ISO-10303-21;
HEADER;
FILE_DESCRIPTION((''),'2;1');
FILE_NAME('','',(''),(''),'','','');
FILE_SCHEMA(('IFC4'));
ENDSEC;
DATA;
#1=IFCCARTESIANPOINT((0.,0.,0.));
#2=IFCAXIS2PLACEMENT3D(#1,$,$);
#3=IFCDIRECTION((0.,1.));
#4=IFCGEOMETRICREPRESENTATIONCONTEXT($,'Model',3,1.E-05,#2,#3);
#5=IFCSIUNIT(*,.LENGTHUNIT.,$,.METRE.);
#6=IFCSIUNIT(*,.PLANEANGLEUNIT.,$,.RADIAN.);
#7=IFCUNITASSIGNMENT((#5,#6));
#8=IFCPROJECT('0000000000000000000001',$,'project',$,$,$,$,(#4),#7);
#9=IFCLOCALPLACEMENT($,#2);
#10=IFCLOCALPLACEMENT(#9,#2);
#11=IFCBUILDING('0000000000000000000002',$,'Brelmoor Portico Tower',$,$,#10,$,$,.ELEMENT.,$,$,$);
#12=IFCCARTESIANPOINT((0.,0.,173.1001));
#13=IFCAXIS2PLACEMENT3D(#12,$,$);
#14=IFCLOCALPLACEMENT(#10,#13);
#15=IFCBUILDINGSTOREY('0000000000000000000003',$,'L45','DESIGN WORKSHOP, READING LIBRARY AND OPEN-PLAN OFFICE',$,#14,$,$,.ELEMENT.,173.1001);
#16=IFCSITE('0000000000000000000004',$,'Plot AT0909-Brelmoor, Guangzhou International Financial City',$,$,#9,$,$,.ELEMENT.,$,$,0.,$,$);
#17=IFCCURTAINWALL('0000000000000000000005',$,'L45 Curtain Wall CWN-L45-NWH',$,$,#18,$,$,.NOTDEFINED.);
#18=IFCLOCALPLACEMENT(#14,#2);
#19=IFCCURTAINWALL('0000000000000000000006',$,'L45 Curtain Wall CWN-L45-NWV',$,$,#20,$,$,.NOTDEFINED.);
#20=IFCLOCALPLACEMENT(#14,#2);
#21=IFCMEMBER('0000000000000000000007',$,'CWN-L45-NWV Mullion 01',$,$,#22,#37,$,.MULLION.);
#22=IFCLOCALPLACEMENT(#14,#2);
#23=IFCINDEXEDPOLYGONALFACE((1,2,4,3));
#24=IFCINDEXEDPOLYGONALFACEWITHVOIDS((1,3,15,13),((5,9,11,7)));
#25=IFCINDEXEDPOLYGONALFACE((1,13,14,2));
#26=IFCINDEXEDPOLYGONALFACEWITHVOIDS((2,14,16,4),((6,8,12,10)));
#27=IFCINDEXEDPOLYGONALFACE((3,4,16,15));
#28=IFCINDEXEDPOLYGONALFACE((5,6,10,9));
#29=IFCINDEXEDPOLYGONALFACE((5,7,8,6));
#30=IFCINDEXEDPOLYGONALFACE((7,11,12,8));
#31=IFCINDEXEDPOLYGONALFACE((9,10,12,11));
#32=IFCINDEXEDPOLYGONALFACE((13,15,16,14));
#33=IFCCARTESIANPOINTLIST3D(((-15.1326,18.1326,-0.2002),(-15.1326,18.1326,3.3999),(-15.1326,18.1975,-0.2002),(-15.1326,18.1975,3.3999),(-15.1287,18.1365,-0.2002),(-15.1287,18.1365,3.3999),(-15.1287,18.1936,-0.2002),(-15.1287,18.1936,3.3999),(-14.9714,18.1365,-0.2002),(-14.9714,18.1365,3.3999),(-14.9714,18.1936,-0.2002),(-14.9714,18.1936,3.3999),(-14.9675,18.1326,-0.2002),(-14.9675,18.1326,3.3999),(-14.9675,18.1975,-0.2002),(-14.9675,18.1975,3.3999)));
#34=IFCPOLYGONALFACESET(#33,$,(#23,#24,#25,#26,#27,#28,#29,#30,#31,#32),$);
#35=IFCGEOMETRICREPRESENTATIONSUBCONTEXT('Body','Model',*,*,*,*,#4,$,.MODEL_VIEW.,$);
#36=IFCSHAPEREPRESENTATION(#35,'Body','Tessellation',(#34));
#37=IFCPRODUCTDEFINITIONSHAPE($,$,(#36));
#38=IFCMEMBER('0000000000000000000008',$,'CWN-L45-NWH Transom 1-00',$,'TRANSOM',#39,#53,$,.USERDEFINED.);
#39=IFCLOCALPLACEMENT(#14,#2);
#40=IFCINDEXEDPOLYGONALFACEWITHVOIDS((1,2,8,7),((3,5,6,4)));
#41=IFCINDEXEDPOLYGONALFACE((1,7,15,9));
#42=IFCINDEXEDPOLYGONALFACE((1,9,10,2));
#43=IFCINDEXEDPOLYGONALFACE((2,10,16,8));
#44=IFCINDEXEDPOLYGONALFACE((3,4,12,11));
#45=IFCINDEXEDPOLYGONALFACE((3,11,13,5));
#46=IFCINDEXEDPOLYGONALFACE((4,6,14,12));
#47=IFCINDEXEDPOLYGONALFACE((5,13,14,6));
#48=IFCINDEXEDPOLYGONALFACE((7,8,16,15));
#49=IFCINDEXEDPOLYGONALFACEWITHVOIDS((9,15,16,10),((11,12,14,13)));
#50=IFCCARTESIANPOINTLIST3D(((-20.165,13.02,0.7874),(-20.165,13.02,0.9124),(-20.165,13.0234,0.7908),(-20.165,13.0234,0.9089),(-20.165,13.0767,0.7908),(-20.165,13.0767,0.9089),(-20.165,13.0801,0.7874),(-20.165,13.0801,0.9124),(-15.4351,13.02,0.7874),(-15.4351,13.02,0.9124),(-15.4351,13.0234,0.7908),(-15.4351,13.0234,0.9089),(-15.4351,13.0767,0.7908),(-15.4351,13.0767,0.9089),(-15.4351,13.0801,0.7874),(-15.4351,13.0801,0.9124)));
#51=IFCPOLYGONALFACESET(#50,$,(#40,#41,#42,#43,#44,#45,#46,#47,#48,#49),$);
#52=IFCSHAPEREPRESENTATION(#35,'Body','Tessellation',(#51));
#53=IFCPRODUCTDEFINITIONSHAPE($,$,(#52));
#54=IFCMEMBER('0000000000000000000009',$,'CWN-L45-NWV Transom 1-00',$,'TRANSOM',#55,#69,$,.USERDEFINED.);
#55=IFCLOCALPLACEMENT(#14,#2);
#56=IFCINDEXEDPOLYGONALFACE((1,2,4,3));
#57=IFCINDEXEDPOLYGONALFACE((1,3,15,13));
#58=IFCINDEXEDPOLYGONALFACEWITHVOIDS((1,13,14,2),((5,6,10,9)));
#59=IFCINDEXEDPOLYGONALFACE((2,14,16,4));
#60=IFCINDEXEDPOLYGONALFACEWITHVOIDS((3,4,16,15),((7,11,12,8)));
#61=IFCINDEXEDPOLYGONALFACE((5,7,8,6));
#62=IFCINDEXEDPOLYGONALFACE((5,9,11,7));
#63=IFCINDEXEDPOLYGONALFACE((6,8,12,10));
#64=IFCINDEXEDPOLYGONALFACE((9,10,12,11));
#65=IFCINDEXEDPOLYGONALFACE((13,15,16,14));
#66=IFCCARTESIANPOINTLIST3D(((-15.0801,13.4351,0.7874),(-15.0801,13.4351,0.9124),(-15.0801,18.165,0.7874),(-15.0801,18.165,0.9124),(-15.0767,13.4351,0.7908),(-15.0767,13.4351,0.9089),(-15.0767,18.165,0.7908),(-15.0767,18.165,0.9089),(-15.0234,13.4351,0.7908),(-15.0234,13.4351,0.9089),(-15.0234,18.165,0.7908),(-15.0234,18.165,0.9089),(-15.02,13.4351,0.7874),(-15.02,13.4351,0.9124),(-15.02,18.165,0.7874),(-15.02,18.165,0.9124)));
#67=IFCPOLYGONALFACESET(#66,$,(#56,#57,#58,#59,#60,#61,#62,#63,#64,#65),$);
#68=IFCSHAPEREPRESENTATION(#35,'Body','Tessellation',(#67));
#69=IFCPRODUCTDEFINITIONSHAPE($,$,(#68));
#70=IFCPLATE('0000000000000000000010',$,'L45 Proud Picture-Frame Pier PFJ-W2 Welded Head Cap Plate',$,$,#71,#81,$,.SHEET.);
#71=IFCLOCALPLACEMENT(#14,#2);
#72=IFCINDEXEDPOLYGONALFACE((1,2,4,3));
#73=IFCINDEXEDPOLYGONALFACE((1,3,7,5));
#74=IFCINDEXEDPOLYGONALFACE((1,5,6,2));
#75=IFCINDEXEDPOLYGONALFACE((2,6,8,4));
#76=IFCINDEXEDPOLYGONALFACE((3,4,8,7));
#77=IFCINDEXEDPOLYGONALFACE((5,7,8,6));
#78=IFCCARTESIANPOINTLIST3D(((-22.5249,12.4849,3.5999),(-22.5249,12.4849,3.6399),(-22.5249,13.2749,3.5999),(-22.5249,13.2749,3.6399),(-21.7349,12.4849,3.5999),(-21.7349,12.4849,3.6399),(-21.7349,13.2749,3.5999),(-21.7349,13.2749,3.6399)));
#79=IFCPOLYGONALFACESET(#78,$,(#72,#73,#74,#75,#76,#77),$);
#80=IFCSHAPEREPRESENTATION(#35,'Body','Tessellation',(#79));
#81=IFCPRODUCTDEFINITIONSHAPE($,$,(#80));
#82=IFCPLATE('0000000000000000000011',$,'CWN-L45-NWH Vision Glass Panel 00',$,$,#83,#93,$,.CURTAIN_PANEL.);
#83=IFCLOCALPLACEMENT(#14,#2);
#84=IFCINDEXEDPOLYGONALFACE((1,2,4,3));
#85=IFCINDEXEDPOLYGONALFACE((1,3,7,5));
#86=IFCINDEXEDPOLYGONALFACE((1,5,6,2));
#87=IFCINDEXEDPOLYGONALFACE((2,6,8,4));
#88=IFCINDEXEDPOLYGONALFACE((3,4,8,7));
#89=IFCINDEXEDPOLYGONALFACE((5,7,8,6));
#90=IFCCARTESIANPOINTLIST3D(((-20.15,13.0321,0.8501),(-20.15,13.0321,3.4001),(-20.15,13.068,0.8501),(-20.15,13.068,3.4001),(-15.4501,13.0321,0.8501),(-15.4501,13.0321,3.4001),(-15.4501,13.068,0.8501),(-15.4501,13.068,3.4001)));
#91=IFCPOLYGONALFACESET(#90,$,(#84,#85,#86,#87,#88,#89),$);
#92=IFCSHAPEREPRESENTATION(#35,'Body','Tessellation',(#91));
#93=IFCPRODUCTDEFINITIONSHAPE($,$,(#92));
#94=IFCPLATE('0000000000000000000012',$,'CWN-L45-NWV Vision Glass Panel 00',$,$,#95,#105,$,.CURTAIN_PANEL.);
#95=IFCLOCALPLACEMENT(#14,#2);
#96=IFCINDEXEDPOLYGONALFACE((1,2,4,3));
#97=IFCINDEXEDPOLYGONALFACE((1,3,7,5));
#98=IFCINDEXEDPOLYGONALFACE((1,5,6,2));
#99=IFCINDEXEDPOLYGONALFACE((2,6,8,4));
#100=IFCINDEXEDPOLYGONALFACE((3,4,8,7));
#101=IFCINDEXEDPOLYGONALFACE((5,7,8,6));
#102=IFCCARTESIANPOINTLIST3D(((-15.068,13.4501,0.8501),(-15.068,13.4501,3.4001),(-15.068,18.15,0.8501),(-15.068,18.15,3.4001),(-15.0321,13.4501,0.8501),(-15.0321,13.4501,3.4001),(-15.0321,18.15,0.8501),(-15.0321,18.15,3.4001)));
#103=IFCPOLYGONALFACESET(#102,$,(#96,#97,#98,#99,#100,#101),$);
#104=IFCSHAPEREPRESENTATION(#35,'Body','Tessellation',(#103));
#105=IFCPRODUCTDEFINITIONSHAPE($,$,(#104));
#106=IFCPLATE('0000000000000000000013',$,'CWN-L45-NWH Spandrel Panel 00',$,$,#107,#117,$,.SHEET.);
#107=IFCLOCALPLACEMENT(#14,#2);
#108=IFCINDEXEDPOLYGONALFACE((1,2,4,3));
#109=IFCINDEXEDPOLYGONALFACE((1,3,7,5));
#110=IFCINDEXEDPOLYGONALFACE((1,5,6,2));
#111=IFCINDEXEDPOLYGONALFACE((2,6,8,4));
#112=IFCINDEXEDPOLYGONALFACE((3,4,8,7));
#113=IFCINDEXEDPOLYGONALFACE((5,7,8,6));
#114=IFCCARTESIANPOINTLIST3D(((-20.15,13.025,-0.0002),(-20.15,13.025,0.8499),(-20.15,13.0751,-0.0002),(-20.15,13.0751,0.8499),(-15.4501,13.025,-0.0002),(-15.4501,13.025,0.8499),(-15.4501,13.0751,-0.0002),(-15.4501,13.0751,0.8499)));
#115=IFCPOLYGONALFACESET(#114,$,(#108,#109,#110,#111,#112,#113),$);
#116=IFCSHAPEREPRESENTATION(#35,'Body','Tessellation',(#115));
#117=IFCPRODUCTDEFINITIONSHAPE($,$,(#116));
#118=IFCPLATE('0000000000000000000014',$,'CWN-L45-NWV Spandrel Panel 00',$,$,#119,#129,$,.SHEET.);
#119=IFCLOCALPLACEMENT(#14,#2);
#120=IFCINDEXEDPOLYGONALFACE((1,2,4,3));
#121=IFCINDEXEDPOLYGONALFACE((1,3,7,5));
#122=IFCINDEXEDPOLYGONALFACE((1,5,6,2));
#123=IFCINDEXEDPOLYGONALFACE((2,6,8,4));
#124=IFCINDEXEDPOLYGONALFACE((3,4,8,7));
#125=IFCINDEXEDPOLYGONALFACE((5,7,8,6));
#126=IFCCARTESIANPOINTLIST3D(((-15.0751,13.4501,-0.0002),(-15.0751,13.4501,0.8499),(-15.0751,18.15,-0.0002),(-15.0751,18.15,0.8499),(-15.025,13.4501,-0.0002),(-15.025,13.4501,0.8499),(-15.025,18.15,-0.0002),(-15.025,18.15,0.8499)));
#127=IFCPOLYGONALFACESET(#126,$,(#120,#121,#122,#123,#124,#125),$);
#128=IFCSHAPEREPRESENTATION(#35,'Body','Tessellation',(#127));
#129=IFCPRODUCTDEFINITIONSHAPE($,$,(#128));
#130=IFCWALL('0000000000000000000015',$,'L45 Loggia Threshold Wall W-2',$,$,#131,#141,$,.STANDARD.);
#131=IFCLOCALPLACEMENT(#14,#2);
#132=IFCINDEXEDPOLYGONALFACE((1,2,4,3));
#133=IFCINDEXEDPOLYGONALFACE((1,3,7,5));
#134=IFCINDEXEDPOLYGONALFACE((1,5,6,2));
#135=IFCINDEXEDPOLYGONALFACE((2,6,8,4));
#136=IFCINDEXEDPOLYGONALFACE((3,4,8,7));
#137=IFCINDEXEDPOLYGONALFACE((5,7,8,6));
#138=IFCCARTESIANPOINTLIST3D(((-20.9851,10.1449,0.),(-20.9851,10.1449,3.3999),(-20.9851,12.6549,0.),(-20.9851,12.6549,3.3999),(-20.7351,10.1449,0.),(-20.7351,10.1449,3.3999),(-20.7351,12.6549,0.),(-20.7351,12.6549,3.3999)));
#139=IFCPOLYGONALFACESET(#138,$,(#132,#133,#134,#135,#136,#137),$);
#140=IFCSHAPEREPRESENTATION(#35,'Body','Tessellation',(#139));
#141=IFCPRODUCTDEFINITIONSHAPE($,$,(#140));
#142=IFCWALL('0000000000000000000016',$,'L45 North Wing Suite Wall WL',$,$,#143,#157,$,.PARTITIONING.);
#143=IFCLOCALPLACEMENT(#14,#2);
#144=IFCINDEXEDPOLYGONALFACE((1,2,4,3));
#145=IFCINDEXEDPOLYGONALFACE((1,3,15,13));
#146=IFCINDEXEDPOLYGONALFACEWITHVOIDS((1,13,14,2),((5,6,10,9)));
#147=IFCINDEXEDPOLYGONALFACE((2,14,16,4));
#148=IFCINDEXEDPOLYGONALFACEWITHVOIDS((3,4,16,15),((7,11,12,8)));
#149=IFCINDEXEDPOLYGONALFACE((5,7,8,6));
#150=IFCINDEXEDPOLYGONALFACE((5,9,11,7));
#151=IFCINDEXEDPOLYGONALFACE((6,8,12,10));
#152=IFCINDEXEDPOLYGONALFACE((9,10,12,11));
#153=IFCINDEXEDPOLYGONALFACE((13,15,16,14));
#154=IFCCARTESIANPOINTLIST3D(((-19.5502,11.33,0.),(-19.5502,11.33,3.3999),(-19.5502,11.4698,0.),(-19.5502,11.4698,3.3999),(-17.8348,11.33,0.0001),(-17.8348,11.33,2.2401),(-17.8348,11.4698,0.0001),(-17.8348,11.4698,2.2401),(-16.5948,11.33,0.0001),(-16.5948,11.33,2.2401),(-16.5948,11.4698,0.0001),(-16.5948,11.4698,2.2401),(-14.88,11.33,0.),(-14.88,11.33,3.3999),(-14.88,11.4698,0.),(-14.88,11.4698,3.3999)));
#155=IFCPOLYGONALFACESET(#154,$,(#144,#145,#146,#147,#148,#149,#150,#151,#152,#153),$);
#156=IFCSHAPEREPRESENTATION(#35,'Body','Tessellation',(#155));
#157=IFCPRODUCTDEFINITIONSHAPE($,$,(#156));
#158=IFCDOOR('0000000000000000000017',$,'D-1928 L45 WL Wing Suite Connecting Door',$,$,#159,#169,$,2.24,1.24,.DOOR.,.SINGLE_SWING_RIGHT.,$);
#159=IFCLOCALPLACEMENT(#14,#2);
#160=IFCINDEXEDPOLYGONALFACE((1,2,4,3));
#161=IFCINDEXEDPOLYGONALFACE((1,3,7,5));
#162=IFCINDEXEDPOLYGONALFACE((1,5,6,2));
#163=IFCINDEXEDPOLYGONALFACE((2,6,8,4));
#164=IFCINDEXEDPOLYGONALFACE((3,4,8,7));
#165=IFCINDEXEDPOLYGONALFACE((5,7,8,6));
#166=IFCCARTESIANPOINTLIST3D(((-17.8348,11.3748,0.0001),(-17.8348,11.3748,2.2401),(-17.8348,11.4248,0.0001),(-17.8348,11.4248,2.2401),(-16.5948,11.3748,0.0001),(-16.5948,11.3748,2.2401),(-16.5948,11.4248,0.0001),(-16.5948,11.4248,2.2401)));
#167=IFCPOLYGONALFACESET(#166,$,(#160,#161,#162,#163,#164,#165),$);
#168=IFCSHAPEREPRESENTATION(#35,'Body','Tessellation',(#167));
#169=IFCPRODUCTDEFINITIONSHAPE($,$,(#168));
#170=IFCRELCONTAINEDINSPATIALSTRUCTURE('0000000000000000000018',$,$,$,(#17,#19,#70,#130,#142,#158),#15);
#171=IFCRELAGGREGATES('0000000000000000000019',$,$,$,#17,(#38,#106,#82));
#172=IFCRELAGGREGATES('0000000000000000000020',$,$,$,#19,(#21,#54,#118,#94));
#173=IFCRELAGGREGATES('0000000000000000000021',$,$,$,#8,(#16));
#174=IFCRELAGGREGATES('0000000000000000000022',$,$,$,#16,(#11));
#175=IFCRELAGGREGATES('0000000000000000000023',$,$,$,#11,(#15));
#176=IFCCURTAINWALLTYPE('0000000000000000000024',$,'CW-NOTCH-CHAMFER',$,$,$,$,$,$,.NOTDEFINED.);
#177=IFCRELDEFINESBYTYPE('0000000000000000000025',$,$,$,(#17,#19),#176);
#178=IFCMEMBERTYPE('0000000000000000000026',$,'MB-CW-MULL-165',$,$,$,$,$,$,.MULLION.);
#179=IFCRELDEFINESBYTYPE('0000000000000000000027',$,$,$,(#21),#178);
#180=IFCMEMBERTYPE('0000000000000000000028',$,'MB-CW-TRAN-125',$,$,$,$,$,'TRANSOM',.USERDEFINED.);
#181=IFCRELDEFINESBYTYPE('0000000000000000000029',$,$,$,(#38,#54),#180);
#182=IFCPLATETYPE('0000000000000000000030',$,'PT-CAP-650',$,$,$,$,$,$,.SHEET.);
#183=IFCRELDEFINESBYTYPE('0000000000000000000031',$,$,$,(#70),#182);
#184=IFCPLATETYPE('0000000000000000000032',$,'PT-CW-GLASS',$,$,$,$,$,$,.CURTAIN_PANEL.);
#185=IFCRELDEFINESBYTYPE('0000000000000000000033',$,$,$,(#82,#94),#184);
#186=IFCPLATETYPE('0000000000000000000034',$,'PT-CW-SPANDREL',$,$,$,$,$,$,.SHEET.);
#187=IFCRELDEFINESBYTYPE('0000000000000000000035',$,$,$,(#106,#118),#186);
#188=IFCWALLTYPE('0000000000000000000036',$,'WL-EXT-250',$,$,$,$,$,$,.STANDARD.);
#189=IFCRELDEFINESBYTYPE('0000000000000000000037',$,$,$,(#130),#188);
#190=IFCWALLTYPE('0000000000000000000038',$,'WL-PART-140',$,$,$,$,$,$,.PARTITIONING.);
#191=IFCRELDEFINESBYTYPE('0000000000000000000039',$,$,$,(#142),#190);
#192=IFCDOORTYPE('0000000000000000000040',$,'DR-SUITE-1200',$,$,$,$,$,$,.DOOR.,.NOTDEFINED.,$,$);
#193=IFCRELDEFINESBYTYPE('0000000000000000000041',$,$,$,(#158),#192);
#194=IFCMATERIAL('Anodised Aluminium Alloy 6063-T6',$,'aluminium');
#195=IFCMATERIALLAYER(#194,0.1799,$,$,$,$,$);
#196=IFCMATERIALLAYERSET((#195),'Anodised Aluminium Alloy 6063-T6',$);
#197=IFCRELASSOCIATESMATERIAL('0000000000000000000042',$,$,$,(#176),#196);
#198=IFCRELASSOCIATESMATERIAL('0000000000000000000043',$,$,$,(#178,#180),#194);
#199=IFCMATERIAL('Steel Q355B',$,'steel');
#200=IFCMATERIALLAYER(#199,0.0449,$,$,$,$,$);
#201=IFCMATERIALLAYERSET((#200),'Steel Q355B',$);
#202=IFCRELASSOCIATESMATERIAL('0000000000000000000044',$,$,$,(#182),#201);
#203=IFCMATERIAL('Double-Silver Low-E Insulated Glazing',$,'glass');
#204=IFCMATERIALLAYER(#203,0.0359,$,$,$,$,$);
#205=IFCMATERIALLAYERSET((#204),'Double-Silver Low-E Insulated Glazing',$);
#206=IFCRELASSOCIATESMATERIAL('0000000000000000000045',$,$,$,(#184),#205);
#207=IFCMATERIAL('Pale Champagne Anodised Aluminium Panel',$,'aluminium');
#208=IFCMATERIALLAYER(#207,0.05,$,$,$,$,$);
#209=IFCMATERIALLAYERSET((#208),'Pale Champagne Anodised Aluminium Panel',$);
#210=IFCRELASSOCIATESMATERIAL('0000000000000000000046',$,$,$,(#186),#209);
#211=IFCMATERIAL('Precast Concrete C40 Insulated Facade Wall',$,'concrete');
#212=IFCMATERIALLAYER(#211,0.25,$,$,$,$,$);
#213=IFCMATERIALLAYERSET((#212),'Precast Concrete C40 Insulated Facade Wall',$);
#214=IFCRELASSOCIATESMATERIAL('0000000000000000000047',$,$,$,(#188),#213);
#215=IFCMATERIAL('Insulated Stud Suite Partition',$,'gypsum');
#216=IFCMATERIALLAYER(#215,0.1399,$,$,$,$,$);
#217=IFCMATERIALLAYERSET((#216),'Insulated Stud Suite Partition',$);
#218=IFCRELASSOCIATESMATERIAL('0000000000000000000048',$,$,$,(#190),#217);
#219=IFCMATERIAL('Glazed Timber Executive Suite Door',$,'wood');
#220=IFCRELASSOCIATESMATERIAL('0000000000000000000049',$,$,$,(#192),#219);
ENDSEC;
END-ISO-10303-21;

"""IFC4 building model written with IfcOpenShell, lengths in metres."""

from ifc_helpers import new_model, si_unit, direction, frame, frame_2d, origin, origin_2d, place, context, subcontext, project, spatial, rectangle, hollow_rectangle, extrude, material, layer, layer_set, material_profile, profile_set, type_object, element, fill, aggregate, save


model = new_model("IFC4")

# Units and contexts
model_context = context("Model", 3, precision=1e-05, world=origin(), true_north=direction((0.0, 1.0)))
body_context = subcontext(model_context, "Body", "Model", "MODEL_VIEW")
ifc_project = project(units=[si_unit("LENGTHUNIT", "METRE"), si_unit("PLANEANGLEUNIT", "RADIAN")], contexts=[model_context])

# Site, building, storey
site_placement = place(None, origin())
site = spatial("IfcSite", under=ifc_project, at=site_placement, Name="Plot AT0909-Brelmoor, Guangzhou International Financial City", CompositionType="ELEMENT", RefElevation=0.0)
building_placement = place(site_placement, origin())
building = spatial("IfcBuilding", under=site, at=building_placement, Name="Brelmoor Portico Tower", CompositionType="ELEMENT")
storey_placement = place(building_placement, frame((0.0, 0.0, 173.1001)))
storey = spatial("IfcBuildingStorey", under=building, at=storey_placement, Name="L45", Description="DESIGN WORKSHOP, READING LIBRARY AND OPEN-PLAN OFFICE", CompositionType="ELEMENT", Elevation=173.1001)

# Shared definitions
ifc_material_1 = material(Name="Steel Q355B", Category="steel")

# Curtain walls, member
ifc_material_2 = material(Name="Anodised Aluminium Alloy 6063-T6", Category="aluminium")
ifc_layer_1 = layer(ifc_material_2, 0.1799)
ifc_layer_set_1 = layer_set([ifc_layer_1], Name="Anodised Aluminium Alloy 6063-T6")
curtain_wall_type = type_object("IfcCurtainWallType", Name="CW-NOTCH-CHAMFER", PredefinedType="NOTDEFINED", material=ifc_layer_set_1)
curtain_wall_1_placement = place(storey_placement, origin())
curtain_wall_1 = element("IfcCurtainWall", 1, at=curtain_wall_1_placement, inside=storey, type_object=curtain_wall_type, Name="L45 Curtain Wall CWN-L45-NWH", PredefinedType="NOTDEFINED")
ifc_material_profile_1 = material_profile(ifc_material_2, hollow_rectangle(XDim=0.0649, YDim=0.165, WallThickness=0.0039, at=origin_2d()), Name="ALU MULLION 65x165")
ifc_profile_set_1 = profile_set([ifc_material_profile_1], Name="Anodised Aluminium Alloy 6063-T6")
member_type_1 = type_object("IfcMemberType", Name="MB-CW-MULL-165", PredefinedType="MULLION", material=ifc_profile_set_1)
curtain_wall_2_placement = place(storey_placement, origin())
curtain_wall_2 = element("IfcCurtainWall", 2, at=curtain_wall_2_placement, inside=storey, type_object=curtain_wall_type, Name="L45 Curtain Wall CWN-L45-NWV", PredefinedType="NOTDEFINED")
member_1_placement = place(storey_placement, frame((-15.05, 18.165, -0.2002), z_axis=(0.0, 0.0, 1.0), x_axis=(0.0, 1.0, 0.0)))
member_1 = element("IfcMember", 3, at=member_1_placement, type_object=member_type_1, Name="CWN-L45-NWV Mullion 01", PredefinedType="MULLION", context=body_context, shape_type="SweptSolid", body=[
    extrude(hollow_rectangle(XDim=0.0649, YDim=0.165, WallThickness=0.0039, at=origin_2d()), origin(), (0.0, 0.0, 1.0), 3.6001),
])

# Members
ifc_material_profile_2 = material_profile(ifc_material_2, hollow_rectangle(XDim=0.0601, YDim=0.125, WallThickness=0.0034, at=origin_2d()), Name="ALU TRANSOM 60x125")
ifc_profile_set_2 = profile_set([ifc_material_profile_2], Name="Anodised Aluminium Alloy 6063-T6")
member_type_2 = type_object("IfcMemberType", Name="MB-CW-TRAN-125", ElementType="TRANSOM", PredefinedType="USERDEFINED", material=ifc_profile_set_2)
member_2_placement = place(storey_placement, frame((-20.165, 13.05, 0.8499), z_axis=(1.0, 0.0, 0.0), x_axis=(0.0, 1.0, 0.0)))
member_2 = element("IfcMember", 4, at=member_2_placement, type_object=member_type_2, Name="CWN-L45-NWH Transom 1-00", ObjectType="TRANSOM", PredefinedType="USERDEFINED", context=body_context, shape_type="SweptSolid", body=[
    extrude(hollow_rectangle(XDim=0.0601, YDim=0.125, WallThickness=0.0034, at=origin_2d()), origin(), (0.0, 0.0, 1.0), 4.73),
])
member_3_placement = place(storey_placement, frame((-15.05, 13.4351, 0.8499), z_axis=(0.0, 1.0, 0.0), x_axis=(-1.0, 0.0, 0.0)))
member_3 = element("IfcMember", 5, at=member_3_placement, type_object=member_type_2, Name="CWN-L45-NWV Transom 1-00", ObjectType="TRANSOM", PredefinedType="USERDEFINED", context=body_context, shape_type="SweptSolid", body=[
    extrude(hollow_rectangle(XDim=0.0601, YDim=0.125, WallThickness=0.0034, at=origin_2d()), origin(), (0.0, 0.0, 1.0), 4.73),
])

# Plates
ifc_layer_2 = layer(ifc_material_1, 0.0449)
ifc_layer_set_2 = layer_set([ifc_layer_2], Name="Steel Q355B")
plate_type_1 = type_object("IfcPlateType", Name="PT-CAP-650", PredefinedType="SHEET", material=ifc_layer_set_2)
plate_1_placement = place(storey_placement, frame((-22.1299, 12.8799, 3.5999), z_axis=(0.0, 0.0, 1.0), x_axis=(0.0, 1.0, 0.0)))
element("IfcPlate", 6, at=plate_1_placement, inside=storey, type_object=plate_type_1, Name="L45 Proud Picture-Frame Pier PFJ-W2 Welded Head Cap Plate", PredefinedType="SHEET", context=body_context, shape_type="SweptSolid", body=[
    extrude(rectangle(XDim=0.79, YDim=0.79, at=origin_2d()), origin(), (0.0, 0.0, 1.0), 0.04),
])
ifc_material_3 = material(Name="Double-Silver Low-E Insulated Glazing", Category="glass")
ifc_layer_3 = layer(ifc_material_3, 0.0359)
ifc_layer_set_3 = layer_set([ifc_layer_3], Name="Double-Silver Low-E Insulated Glazing")
plate_type_2 = type_object("IfcPlateType", Name="PT-CW-GLASS", PredefinedType="CURTAIN_PANEL", material=ifc_layer_set_3)
plate_2_placement = place(storey_placement, frame((-17.8, 13.05, 0.8501), z_axis=(0.0, 0.0, 1.0), x_axis=(1.0, 0.0, 0.0)))
plate_2 = element("IfcPlate", 7, at=plate_2_placement, type_object=plate_type_2, Name="CWN-L45-NWH Vision Glass Panel 00", PredefinedType="CURTAIN_PANEL", context=body_context, shape_type="SweptSolid", body=[
    extrude(rectangle(XDim=4.7, YDim=0.0359, at=origin_2d()), origin(), (0.0, 0.0, 1.0), 2.55),
])
plate_3_placement = place(storey_placement, frame((-15.05, 15.8, 0.8501), z_axis=(0.0, 0.0, 1.0), x_axis=(0.0, 1.0, 0.0)))
plate_3 = element("IfcPlate", 8, at=plate_3_placement, type_object=plate_type_2, Name="CWN-L45-NWV Vision Glass Panel 00", PredefinedType="CURTAIN_PANEL", context=body_context, shape_type="SweptSolid", body=[
    extrude(rectangle(XDim=4.7, YDim=0.0359, at=origin_2d()), origin(), (0.0, 0.0, 1.0), 2.55),
])
ifc_material_4 = material(Name="Pale Champagne Anodised Aluminium Panel", Category="aluminium")
ifc_layer_4 = layer(ifc_material_4, 0.05)
ifc_layer_set_4 = layer_set([ifc_layer_4], Name="Pale Champagne Anodised Aluminium Panel")
plate_type_3 = type_object("IfcPlateType", Name="PT-CW-SPANDREL", PredefinedType="SHEET", material=ifc_layer_set_4)
plate_4_placement = place(storey_placement, frame((-17.8, 13.05, -0.0002), z_axis=(0.0, 0.0, 1.0), x_axis=(1.0, 0.0, 0.0)))
plate_4 = element("IfcPlate", 9, at=plate_4_placement, type_object=plate_type_3, Name="CWN-L45-NWH Spandrel Panel 00", PredefinedType="SHEET", context=body_context, shape_type="SweptSolid", body=[
    extrude(rectangle(XDim=4.7, YDim=0.05, at=origin_2d()), origin(), (0.0, 0.0, 1.0), 0.8501),
])
aggregate(curtain_wall_1, [member_2, plate_4, plate_2])
plate_5_placement = place(storey_placement, frame((-15.05, 15.8, -0.0002), z_axis=(0.0, 0.0, 1.0), x_axis=(0.0, 1.0, 0.0)))
plate_5 = element("IfcPlate", 10, at=plate_5_placement, type_object=plate_type_3, Name="CWN-L45-NWV Spandrel Panel 00", PredefinedType="SHEET", context=body_context, shape_type="SweptSolid", body=[
    extrude(rectangle(XDim=4.7, YDim=0.05, at=origin_2d()), origin(), (0.0, 0.0, 1.0), 0.8501),
])
aggregate(curtain_wall_2, [member_1, member_3, plate_5, plate_3])

# Wall
ifc_material_5 = material(Name="Precast Concrete C40 Insulated Facade Wall", Category="concrete")
ifc_layer_5 = layer(ifc_material_5, 0.25)
ifc_layer_set_5 = layer_set([ifc_layer_5], Name="Precast Concrete C40 Insulated Facade Wall")
wall_type_1 = type_object("IfcWallType", Name="WL-EXT-250", PredefinedType="STANDARD", material=ifc_layer_set_5)
wall_1_placement = place(storey_placement, frame((-20.8601, 10.145, 0.0), z_axis=(0.0, 0.0, 1.0), x_axis=(0.0, 1.0, 0.0)))
element("IfcWall", 11, at=wall_1_placement, inside=storey, type_object=wall_type_1, Name="L45 Loggia Threshold Wall W-2", PredefinedType="STANDARD", context=body_context, shape_type="SweptSolid", body=[
    extrude(rectangle(XDim=2.51, YDim=0.25, at=frame_2d((1.2549, 0.0))), origin(), (0.0, 0.0, 1.0), 3.3999),
])

# Wall, opening, door
ifc_material_6 = material(Name="Insulated Stud Suite Partition", Category="gypsum")
ifc_layer_6 = layer(ifc_material_6, 0.1399)
ifc_layer_set_6 = layer_set([ifc_layer_6], Name="Insulated Stud Suite Partition")
wall_type_2 = type_object("IfcWallType", Name="WL-PART-140", PredefinedType="PARTITIONING", material=ifc_layer_set_6)
wall_2_placement = place(storey_placement, frame((-19.55, 11.3999, 0.0), z_axis=(0.0, 0.0, 1.0), x_axis=(1.0, 0.0, 0.0)))
wall_2 = element("IfcWall", 12, at=wall_2_placement, inside=storey, type_object=wall_type_2, Name="L45 North Wing Suite Wall WL", PredefinedType="PARTITIONING", context=body_context, shape_type="SweptSolid", body=[
    extrude(rectangle(XDim=4.6702, YDim=0.1399, at=frame_2d((2.335, 0.0))), origin(), (0.0, 0.0, 1.0), 3.3999),
])
opening_placement = place(wall_2_placement, frame((1.7151, 0.0, 0.0)))
opening = element("IfcOpeningElement", 13, at=opening_placement, cuts=wall_2, PredefinedType="OPENING", context=body_context, shape_type="SweptSolid", body=[
    extrude(rectangle(XDim=1.24, YDim=2.24, at=frame_2d((0.6201, 1.1201))), frame((0.0, 0.0798, 0.0), z_axis=(0.0, -1.0, 0.0), x_axis=(1.0, 0.0, 0.0)), (0.0, 0.0, 1.0), 0.1599),
])
ifc_material_7 = material(Name="Glazed Timber Executive Suite Door", Category="wood")
door_type = type_object("IfcDoorType", Name="DR-SUITE-1200", OperationType="NOTDEFINED", PredefinedType="DOOR", material=ifc_material_7)
door_placement = place(opening_placement, origin())
door = element("IfcDoor", 14, at=door_placement, inside=storey, type_object=door_type, Name="D-1928 L45 WL Wing Suite Connecting Door", OperationType="SINGLE_SWING_RIGHT", OverallHeight=2.24, OverallWidth=1.24, PredefinedType="DOOR", context=body_context, shape_type="SweptSolid", body=[
    extrude(rectangle(XDim=1.24, YDim=2.24, at=frame_2d((0.6201, 1.1201))), frame((0.0, 0.0249, 0.0), z_axis=(0.0, -1.0, 0.0), x_axis=(1.0, 0.0, 0.0)), (0.0, 0.0, 1.0), 0.05),
])
fill(opening, door)

save(model, "model.ifc")
